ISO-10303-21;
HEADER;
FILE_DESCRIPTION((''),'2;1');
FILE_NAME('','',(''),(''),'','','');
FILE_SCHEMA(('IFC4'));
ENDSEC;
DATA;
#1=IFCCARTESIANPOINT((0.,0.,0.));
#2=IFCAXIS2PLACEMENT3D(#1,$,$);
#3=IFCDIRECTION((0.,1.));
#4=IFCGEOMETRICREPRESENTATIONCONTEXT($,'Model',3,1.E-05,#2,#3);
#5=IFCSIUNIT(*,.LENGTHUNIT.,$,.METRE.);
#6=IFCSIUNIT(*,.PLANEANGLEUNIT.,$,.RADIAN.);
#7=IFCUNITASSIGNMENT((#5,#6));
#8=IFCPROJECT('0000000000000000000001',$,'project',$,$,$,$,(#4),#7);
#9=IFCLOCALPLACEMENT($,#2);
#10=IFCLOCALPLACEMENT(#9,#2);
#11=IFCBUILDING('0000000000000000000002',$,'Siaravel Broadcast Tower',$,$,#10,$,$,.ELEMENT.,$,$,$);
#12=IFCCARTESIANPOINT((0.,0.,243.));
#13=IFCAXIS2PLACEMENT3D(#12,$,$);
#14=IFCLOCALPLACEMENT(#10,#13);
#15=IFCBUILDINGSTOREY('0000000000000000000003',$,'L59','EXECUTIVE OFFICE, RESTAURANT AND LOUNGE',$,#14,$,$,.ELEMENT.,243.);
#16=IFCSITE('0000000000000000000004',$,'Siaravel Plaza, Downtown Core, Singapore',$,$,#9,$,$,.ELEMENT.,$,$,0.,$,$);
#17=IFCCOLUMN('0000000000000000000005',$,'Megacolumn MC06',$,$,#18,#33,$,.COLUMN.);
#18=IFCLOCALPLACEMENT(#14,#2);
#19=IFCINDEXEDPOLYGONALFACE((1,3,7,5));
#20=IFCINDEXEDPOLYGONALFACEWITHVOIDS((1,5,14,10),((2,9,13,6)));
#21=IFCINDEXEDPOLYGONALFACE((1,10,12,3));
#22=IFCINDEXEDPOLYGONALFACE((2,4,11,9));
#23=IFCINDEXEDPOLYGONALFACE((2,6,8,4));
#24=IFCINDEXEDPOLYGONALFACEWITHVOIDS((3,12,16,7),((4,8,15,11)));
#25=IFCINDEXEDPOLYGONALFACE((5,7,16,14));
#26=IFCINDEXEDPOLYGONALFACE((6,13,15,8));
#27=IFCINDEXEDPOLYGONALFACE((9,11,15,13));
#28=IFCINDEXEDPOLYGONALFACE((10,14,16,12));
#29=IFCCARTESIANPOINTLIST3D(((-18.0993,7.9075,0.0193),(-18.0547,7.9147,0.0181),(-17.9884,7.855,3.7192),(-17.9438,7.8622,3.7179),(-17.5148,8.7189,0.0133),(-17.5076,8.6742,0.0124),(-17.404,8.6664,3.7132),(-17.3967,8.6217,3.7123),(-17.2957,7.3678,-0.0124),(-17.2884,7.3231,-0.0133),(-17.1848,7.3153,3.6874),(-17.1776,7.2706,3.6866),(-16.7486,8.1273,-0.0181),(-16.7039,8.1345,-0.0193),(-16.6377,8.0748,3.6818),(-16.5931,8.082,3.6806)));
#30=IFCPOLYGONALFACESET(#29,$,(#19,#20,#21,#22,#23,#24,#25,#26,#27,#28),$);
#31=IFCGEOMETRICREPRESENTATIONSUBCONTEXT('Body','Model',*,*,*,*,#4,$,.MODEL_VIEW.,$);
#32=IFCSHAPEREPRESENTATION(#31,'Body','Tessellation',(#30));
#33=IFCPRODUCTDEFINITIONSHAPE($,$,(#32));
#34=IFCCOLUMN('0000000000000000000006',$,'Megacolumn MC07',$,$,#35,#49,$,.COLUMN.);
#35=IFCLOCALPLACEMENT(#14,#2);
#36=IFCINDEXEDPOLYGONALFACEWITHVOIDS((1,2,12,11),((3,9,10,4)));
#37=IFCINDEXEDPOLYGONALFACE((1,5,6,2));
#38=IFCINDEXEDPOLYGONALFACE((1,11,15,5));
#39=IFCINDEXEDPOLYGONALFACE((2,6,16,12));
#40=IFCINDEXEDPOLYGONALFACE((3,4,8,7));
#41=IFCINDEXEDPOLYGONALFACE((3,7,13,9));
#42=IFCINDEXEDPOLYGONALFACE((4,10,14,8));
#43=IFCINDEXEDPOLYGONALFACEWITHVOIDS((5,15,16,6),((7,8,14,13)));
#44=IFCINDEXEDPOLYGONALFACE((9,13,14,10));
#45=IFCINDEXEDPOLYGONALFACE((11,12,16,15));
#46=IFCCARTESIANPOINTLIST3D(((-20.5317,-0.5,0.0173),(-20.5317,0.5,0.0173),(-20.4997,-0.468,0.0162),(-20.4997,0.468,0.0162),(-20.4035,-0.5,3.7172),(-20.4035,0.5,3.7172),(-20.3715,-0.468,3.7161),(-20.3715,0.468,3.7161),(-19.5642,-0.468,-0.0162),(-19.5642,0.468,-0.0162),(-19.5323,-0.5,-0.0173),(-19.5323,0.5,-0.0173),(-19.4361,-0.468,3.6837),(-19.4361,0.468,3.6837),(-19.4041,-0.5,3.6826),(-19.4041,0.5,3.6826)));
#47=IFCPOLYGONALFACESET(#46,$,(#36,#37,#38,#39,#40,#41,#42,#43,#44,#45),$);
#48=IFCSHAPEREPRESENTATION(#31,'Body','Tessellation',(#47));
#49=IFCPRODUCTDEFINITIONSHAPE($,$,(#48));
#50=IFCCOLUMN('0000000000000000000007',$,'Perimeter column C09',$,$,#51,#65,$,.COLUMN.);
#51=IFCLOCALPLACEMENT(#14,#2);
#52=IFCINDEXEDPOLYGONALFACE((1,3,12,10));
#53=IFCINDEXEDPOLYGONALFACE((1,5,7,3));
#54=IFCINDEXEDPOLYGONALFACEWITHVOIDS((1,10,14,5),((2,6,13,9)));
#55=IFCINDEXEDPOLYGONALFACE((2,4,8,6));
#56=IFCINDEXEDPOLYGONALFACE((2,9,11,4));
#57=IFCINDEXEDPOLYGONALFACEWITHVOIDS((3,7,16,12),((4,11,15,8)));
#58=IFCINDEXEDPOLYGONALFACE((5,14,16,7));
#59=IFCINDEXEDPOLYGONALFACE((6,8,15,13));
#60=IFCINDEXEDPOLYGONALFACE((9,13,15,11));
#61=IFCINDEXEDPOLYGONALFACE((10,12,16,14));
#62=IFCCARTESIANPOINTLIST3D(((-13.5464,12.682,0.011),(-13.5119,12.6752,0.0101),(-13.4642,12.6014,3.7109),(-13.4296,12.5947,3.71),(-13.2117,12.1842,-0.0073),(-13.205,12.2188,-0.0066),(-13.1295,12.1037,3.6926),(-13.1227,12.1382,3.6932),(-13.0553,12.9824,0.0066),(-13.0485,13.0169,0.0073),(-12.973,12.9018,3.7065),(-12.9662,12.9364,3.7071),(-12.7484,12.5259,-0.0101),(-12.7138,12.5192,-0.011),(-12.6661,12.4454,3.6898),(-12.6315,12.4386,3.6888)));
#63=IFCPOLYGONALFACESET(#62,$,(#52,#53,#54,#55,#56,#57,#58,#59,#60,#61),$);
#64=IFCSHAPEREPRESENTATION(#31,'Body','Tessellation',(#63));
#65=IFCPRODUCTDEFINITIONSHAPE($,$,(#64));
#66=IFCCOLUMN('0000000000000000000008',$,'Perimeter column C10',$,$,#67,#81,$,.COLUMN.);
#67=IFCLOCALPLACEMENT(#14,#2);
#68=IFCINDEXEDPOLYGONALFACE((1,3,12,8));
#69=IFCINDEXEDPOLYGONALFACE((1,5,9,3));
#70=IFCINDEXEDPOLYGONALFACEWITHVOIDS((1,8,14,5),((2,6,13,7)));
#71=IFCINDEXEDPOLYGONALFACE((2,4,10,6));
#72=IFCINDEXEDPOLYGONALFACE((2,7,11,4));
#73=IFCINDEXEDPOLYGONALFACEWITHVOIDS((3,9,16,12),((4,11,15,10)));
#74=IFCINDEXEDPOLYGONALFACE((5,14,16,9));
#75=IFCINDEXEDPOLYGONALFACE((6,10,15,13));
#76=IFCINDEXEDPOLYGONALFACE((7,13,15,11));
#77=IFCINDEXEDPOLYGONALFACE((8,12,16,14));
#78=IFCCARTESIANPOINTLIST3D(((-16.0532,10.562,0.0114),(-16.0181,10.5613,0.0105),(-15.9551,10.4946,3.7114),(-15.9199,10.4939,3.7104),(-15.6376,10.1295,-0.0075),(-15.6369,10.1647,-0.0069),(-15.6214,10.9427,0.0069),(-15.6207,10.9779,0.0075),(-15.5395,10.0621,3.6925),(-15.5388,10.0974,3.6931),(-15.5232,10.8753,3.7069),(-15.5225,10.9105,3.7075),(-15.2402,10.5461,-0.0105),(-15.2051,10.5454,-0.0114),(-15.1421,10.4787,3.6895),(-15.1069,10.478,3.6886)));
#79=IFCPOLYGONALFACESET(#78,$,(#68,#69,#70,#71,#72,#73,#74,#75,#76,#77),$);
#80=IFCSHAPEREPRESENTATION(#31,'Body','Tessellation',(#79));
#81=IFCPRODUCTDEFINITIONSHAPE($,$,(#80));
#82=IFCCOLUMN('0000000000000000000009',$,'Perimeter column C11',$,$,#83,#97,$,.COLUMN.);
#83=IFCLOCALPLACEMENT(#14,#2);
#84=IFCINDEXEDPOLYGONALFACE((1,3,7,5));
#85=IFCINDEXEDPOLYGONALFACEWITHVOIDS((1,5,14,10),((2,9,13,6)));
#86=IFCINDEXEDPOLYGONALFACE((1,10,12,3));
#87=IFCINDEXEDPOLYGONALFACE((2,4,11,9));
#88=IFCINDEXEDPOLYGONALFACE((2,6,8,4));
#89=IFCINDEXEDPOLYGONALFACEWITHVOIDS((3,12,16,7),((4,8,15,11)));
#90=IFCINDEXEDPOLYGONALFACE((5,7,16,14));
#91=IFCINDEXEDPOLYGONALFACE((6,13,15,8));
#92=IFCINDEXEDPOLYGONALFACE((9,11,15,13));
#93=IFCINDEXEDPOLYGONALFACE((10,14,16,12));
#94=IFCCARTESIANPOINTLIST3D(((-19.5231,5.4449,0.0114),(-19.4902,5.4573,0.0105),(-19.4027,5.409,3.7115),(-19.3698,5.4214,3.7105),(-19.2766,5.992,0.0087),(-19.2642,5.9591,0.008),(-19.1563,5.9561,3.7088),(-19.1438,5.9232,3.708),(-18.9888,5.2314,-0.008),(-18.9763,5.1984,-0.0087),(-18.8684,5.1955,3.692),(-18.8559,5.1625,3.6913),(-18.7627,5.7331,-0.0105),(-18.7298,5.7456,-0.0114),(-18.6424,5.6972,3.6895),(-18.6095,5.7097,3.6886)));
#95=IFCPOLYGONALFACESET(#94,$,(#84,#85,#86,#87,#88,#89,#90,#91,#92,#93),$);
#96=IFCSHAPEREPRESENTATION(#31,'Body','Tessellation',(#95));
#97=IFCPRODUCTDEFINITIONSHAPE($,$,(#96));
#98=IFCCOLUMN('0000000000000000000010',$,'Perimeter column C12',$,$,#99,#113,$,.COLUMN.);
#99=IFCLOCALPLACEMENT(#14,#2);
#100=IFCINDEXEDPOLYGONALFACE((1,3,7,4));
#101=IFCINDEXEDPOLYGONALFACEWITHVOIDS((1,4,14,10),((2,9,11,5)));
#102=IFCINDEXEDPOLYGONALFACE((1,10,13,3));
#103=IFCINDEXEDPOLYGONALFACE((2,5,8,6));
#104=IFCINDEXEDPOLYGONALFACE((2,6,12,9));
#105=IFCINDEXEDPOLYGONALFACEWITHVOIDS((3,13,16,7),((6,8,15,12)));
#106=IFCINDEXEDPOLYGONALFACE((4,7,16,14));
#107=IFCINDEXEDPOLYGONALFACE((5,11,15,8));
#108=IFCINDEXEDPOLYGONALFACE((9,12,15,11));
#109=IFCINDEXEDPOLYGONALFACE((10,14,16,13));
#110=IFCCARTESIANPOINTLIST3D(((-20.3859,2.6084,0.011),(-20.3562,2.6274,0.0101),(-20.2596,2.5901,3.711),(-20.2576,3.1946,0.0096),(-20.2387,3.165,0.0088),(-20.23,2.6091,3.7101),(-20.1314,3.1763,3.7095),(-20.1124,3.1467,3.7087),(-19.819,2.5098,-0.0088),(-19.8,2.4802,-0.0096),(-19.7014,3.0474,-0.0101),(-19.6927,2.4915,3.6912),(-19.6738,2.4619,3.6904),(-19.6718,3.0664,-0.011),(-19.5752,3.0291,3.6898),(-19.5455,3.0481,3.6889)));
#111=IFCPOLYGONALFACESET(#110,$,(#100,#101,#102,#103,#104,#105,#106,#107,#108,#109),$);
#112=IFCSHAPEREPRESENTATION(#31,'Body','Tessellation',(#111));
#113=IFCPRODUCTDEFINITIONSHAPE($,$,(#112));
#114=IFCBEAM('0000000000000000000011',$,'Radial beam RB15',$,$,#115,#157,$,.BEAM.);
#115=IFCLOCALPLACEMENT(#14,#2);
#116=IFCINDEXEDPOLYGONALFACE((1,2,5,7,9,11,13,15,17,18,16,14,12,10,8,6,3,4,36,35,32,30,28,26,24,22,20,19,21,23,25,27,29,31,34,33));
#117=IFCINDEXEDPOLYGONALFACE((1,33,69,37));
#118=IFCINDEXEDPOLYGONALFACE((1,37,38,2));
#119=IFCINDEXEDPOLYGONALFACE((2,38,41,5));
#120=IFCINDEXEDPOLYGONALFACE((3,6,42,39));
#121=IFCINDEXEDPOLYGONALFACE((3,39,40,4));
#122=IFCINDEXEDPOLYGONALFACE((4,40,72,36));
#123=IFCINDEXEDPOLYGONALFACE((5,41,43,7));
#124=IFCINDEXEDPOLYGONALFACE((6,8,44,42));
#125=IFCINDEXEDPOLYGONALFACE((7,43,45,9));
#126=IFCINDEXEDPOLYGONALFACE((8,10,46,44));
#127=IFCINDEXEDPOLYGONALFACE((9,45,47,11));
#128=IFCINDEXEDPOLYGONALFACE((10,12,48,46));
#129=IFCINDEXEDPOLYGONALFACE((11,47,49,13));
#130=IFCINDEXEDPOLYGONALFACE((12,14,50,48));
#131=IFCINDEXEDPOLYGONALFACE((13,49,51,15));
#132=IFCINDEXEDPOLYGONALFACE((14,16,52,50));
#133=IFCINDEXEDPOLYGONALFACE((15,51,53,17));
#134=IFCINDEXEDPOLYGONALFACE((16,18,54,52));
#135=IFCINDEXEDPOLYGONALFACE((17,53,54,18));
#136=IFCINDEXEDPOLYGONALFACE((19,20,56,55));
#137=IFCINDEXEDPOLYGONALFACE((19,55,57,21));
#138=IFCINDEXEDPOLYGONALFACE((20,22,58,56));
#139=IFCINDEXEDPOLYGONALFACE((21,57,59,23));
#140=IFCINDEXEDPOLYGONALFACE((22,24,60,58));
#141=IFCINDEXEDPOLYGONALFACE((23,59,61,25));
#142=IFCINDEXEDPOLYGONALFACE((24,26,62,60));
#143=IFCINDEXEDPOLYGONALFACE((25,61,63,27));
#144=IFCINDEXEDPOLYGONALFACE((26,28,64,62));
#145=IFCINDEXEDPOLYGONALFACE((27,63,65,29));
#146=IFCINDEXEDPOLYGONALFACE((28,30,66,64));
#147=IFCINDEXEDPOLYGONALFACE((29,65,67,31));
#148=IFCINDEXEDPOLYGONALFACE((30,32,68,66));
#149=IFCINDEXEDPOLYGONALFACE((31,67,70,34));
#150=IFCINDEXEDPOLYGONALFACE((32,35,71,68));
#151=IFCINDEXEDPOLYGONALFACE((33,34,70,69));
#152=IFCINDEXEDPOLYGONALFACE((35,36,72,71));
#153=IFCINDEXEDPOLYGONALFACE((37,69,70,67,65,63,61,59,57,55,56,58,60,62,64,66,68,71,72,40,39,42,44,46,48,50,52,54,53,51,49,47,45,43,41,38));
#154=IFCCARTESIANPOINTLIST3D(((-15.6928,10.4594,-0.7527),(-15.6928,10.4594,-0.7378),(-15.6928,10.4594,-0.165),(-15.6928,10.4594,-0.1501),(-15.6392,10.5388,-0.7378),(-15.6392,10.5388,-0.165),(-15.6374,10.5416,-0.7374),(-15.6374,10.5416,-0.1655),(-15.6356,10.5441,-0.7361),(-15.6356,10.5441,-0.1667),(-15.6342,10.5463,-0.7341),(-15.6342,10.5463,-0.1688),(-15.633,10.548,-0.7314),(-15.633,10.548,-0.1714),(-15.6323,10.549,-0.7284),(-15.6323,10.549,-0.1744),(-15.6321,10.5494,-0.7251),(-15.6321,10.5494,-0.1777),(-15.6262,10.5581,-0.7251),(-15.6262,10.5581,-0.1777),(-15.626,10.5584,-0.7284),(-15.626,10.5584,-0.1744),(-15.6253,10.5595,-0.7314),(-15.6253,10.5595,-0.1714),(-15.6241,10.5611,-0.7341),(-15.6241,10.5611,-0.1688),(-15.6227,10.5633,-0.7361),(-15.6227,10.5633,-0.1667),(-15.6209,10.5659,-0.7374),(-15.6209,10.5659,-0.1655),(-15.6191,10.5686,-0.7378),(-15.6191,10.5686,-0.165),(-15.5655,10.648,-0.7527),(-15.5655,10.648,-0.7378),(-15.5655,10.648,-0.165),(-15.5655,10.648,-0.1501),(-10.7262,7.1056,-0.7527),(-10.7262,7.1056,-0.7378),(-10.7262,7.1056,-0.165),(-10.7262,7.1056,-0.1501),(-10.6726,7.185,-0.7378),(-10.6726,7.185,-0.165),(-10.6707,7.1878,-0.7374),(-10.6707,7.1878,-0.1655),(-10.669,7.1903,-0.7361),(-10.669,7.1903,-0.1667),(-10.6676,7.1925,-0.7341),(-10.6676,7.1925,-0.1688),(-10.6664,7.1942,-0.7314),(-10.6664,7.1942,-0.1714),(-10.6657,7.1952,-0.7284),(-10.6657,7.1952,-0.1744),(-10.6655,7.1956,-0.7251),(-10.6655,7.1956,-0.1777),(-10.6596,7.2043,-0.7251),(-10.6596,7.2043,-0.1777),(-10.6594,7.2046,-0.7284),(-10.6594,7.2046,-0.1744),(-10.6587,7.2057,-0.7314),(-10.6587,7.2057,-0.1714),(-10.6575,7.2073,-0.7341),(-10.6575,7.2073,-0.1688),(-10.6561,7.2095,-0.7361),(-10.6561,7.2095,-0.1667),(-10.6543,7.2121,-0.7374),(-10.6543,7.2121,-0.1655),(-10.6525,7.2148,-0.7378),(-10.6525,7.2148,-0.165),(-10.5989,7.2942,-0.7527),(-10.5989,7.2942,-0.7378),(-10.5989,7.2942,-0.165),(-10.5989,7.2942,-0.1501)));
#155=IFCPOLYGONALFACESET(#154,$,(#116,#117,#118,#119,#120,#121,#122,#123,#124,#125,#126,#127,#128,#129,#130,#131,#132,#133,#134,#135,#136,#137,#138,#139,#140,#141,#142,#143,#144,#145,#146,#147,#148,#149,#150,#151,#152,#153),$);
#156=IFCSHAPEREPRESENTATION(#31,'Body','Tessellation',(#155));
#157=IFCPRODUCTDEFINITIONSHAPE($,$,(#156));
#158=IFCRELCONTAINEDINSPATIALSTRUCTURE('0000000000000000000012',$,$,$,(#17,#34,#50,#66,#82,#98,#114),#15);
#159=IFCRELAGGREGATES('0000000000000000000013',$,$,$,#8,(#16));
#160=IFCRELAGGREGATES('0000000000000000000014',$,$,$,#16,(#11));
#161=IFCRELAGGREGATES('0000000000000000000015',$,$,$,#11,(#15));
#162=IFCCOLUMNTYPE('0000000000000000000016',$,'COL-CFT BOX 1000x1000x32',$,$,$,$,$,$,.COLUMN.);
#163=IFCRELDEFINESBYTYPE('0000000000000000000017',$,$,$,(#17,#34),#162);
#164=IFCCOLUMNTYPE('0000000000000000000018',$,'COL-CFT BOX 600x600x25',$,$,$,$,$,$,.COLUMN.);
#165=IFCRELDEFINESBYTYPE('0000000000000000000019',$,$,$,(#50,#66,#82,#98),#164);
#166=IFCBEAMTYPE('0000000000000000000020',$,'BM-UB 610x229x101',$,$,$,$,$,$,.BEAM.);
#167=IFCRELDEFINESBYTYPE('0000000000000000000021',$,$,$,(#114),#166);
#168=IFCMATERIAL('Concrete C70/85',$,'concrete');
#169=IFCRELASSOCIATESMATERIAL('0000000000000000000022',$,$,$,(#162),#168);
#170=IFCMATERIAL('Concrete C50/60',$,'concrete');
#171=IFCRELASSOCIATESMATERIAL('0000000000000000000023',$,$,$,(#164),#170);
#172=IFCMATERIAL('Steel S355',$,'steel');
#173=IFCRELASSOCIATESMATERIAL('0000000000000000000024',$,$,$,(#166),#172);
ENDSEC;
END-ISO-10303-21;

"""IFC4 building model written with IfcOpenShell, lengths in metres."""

from ifc_helpers import new_model, si_unit, direction, frame, origin, origin_2d, place, context, subcontext, project, spatial, hollow_rectangle, i_section, extrude, material, material_profile, profile_set, type_object, element, save


model = new_model("IFC4")

# Units and contexts
model_context = context("Model", 3, precision=1e-05, world=origin(), true_north=direction((0.0, 1.0)))
body_context = subcontext(model_context, "Body", "Model", "MODEL_VIEW")
ifc_project = project(units=[si_unit("LENGTHUNIT", "METRE"), si_unit("PLANEANGLEUNIT", "RADIAN")], contexts=[model_context])

# Site, building, storey
site_placement = place(None, origin())
site = spatial("IfcSite", under=ifc_project, at=site_placement, Name="Siaravel Plaza, Downtown Core, Singapore", CompositionType="ELEMENT", RefElevation=0.0)
building_placement = place(site_placement, origin())
building = spatial("IfcBuilding", under=site, at=building_placement, Name="Siaravel Broadcast Tower", CompositionType="ELEMENT")
storey_placement = place(building_placement, frame((0.0, 0.0, 243.0)))
storey = spatial("IfcBuildingStorey", under=building, at=storey_placement, Name="L59", Description="EXECUTIVE OFFICE, RESTAURANT AND LOUNGE", CompositionType="ELEMENT", Elevation=243.0)

# Columns
ifc_material_1 = material(Name="Concrete C70/85", Category="concrete")
ifc_material_profile_1 = material_profile(ifc_material_1, hollow_rectangle(XDim=1.0, YDim=1.0, WallThickness=0.032, at=origin_2d()))
ifc_profile_set_1 = profile_set([ifc_material_profile_1], Name="Concrete C70/85")
column_type_1 = type_object("IfcColumnType", Name="COL-CFT BOX 1000x1000x32", PredefinedType="COLUMN", material=ifc_profile_set_1)
column_1_placement = place(storey_placement, frame((-17.4016, 8.021, 0.0), z_axis=(0.029941, -0.014179, 0.999451), x_axis=(0.584468, 0.811395, -0.005998)))
element("IfcColumn", 1, at=column_1_placement, inside=storey, type_object=column_type_1, Name="Megacolumn MC06", PredefinedType="COLUMN", context=body_context, shape_type="SweptSolid", body=[
    extrude(hollow_rectangle(XDim=1.0, YDim=1.0, WallThickness=0.032, at=origin_2d()), origin(), (0.0, 0.0, 1.0), 3.7019),
])
column_2_placement = place(storey_placement, frame((-20.032, 0.0, 0.0), z_axis=(0.034621, 0.0, 0.999401), x_axis=(0.0, 1.0, 0.0)))
element("IfcColumn", 2, at=column_2_placement, inside=storey, type_object=column_type_1, Name="Megacolumn MC07", PredefinedType="COLUMN", context=body_context, shape_type="SweptSolid", body=[
    extrude(hollow_rectangle(XDim=1.0, YDim=1.0, WallThickness=0.032, at=origin_2d()), origin(), (0.0, 0.0, 1.0), 3.7021),
])
ifc_material_2 = material(Name="Concrete C50/60", Category="concrete")
ifc_material_profile_2 = material_profile(ifc_material_2, hollow_rectangle(XDim=0.6001, YDim=0.6001, WallThickness=0.0249, at=origin_2d()))
ifc_profile_set_2 = profile_set([ifc_material_profile_2], Name="Concrete C50/60")
column_type_2 = type_object("IfcColumnType", Name="COL-CFT BOX 600x600x25", PredefinedType="COLUMN", material=ifc_profile_set_2)
column_3_placement = place(storey_placement, frame((-13.1301, 12.6006, 0.0), z_axis=(0.022226, -0.021764, 0.999516), x_axis=(0.829716, 0.558151, -0.006297)))
element("IfcColumn", 3, at=column_3_placement, inside=storey, type_object=column_type_2, Name="Perimeter column C09", PredefinedType="COLUMN", context=body_context, shape_type="SweptSolid", body=[
    extrude(hollow_rectangle(XDim=0.6001, YDim=0.6001, WallThickness=0.0249, at=origin_2d()), origin(), (0.0, 0.0, 1.0), 3.7017),
])
column_4_placement = place(storey_placement, frame((-15.6292, 10.5537, 0.0), z_axis=(0.026512, -0.018202, 0.999483), x_axis=(0.720867, 0.693043, -0.0065)))
element("IfcColumn", 4, at=column_4_placement, inside=storey, type_object=column_type_2, Name="Perimeter column C10", PredefinedType="COLUMN", context=body_context, shape_type="SweptSolid", body=[
    extrude(hollow_rectangle(XDim=0.6001, YDim=0.6001, WallThickness=0.0249, at=origin_2d()), origin(), (0.0, 0.0, 1.0), 3.7019),
])
for number, where, z_axis, x_axis, name in (
    (5, (-19.1265, 5.5952, 0.0), (0.032512, -0.009694, 0.999424), (0.410713, 0.911754, -0.004517), "Perimeter column C11"),
    (6, (-20.0288, 2.8374, 0.0), (0.034094, -0.004946, 0.999406), (0.213657, 0.976906, -0.002454), "Perimeter column C12"),
):
    element("IfcColumn", number, at=place(storey_placement, frame(where, z_axis=z_axis, x_axis=x_axis)), inside=storey, type_object=column_type_2, Name=name, PredefinedType="COLUMN", context=body_context, shape_type="SweptSolid", body=[
        extrude(hollow_rectangle(XDim=0.6001, YDim=0.6001, WallThickness=0.0249, at=origin_2d()), origin(), (0.0, 0.0, 1.0), 3.7021),
    ])

# Beam
ifc_material_3 = material(Name="Steel S355", Category="steel")
ifc_material_profile_3 = material_profile(ifc_material_3, i_section(OverallWidth=0.2275, OverallDepth=0.6025, WebThickness=0.0105, FlangeThickness=0.0149, FilletRadius=0.0127, at=origin_2d()))
ifc_profile_set_3 = profile_set([ifc_material_profile_3], Name="Steel S355")
beam_type = type_object("IfcBeamType", Name="BM-UB 610x229x101", PredefinedType="BEAM", material=ifc_profile_set_3)
beam_1_placement = place(storey_placement, frame((-15.6292, 10.5537, -0.4514), z_axis=(0.828745, -0.559626, 0.0), x_axis=(0.559626, 0.828745, 0.0)))
element("IfcBeam", 7, at=beam_1_placement, inside=storey, type_object=beam_type, Name="Radial beam RB15", PredefinedType="BEAM", context=body_context, shape_type="SweptSolid", body=[
    extrude(i_section(OverallWidth=0.2275, OverallDepth=0.6025, WebThickness=0.0105, FlangeThickness=0.0149, FilletRadius=0.0127, at=origin_2d()), origin(), (0.0, 0.0, 1.0), 5.9929),
])

save(model, "model.ifc")
